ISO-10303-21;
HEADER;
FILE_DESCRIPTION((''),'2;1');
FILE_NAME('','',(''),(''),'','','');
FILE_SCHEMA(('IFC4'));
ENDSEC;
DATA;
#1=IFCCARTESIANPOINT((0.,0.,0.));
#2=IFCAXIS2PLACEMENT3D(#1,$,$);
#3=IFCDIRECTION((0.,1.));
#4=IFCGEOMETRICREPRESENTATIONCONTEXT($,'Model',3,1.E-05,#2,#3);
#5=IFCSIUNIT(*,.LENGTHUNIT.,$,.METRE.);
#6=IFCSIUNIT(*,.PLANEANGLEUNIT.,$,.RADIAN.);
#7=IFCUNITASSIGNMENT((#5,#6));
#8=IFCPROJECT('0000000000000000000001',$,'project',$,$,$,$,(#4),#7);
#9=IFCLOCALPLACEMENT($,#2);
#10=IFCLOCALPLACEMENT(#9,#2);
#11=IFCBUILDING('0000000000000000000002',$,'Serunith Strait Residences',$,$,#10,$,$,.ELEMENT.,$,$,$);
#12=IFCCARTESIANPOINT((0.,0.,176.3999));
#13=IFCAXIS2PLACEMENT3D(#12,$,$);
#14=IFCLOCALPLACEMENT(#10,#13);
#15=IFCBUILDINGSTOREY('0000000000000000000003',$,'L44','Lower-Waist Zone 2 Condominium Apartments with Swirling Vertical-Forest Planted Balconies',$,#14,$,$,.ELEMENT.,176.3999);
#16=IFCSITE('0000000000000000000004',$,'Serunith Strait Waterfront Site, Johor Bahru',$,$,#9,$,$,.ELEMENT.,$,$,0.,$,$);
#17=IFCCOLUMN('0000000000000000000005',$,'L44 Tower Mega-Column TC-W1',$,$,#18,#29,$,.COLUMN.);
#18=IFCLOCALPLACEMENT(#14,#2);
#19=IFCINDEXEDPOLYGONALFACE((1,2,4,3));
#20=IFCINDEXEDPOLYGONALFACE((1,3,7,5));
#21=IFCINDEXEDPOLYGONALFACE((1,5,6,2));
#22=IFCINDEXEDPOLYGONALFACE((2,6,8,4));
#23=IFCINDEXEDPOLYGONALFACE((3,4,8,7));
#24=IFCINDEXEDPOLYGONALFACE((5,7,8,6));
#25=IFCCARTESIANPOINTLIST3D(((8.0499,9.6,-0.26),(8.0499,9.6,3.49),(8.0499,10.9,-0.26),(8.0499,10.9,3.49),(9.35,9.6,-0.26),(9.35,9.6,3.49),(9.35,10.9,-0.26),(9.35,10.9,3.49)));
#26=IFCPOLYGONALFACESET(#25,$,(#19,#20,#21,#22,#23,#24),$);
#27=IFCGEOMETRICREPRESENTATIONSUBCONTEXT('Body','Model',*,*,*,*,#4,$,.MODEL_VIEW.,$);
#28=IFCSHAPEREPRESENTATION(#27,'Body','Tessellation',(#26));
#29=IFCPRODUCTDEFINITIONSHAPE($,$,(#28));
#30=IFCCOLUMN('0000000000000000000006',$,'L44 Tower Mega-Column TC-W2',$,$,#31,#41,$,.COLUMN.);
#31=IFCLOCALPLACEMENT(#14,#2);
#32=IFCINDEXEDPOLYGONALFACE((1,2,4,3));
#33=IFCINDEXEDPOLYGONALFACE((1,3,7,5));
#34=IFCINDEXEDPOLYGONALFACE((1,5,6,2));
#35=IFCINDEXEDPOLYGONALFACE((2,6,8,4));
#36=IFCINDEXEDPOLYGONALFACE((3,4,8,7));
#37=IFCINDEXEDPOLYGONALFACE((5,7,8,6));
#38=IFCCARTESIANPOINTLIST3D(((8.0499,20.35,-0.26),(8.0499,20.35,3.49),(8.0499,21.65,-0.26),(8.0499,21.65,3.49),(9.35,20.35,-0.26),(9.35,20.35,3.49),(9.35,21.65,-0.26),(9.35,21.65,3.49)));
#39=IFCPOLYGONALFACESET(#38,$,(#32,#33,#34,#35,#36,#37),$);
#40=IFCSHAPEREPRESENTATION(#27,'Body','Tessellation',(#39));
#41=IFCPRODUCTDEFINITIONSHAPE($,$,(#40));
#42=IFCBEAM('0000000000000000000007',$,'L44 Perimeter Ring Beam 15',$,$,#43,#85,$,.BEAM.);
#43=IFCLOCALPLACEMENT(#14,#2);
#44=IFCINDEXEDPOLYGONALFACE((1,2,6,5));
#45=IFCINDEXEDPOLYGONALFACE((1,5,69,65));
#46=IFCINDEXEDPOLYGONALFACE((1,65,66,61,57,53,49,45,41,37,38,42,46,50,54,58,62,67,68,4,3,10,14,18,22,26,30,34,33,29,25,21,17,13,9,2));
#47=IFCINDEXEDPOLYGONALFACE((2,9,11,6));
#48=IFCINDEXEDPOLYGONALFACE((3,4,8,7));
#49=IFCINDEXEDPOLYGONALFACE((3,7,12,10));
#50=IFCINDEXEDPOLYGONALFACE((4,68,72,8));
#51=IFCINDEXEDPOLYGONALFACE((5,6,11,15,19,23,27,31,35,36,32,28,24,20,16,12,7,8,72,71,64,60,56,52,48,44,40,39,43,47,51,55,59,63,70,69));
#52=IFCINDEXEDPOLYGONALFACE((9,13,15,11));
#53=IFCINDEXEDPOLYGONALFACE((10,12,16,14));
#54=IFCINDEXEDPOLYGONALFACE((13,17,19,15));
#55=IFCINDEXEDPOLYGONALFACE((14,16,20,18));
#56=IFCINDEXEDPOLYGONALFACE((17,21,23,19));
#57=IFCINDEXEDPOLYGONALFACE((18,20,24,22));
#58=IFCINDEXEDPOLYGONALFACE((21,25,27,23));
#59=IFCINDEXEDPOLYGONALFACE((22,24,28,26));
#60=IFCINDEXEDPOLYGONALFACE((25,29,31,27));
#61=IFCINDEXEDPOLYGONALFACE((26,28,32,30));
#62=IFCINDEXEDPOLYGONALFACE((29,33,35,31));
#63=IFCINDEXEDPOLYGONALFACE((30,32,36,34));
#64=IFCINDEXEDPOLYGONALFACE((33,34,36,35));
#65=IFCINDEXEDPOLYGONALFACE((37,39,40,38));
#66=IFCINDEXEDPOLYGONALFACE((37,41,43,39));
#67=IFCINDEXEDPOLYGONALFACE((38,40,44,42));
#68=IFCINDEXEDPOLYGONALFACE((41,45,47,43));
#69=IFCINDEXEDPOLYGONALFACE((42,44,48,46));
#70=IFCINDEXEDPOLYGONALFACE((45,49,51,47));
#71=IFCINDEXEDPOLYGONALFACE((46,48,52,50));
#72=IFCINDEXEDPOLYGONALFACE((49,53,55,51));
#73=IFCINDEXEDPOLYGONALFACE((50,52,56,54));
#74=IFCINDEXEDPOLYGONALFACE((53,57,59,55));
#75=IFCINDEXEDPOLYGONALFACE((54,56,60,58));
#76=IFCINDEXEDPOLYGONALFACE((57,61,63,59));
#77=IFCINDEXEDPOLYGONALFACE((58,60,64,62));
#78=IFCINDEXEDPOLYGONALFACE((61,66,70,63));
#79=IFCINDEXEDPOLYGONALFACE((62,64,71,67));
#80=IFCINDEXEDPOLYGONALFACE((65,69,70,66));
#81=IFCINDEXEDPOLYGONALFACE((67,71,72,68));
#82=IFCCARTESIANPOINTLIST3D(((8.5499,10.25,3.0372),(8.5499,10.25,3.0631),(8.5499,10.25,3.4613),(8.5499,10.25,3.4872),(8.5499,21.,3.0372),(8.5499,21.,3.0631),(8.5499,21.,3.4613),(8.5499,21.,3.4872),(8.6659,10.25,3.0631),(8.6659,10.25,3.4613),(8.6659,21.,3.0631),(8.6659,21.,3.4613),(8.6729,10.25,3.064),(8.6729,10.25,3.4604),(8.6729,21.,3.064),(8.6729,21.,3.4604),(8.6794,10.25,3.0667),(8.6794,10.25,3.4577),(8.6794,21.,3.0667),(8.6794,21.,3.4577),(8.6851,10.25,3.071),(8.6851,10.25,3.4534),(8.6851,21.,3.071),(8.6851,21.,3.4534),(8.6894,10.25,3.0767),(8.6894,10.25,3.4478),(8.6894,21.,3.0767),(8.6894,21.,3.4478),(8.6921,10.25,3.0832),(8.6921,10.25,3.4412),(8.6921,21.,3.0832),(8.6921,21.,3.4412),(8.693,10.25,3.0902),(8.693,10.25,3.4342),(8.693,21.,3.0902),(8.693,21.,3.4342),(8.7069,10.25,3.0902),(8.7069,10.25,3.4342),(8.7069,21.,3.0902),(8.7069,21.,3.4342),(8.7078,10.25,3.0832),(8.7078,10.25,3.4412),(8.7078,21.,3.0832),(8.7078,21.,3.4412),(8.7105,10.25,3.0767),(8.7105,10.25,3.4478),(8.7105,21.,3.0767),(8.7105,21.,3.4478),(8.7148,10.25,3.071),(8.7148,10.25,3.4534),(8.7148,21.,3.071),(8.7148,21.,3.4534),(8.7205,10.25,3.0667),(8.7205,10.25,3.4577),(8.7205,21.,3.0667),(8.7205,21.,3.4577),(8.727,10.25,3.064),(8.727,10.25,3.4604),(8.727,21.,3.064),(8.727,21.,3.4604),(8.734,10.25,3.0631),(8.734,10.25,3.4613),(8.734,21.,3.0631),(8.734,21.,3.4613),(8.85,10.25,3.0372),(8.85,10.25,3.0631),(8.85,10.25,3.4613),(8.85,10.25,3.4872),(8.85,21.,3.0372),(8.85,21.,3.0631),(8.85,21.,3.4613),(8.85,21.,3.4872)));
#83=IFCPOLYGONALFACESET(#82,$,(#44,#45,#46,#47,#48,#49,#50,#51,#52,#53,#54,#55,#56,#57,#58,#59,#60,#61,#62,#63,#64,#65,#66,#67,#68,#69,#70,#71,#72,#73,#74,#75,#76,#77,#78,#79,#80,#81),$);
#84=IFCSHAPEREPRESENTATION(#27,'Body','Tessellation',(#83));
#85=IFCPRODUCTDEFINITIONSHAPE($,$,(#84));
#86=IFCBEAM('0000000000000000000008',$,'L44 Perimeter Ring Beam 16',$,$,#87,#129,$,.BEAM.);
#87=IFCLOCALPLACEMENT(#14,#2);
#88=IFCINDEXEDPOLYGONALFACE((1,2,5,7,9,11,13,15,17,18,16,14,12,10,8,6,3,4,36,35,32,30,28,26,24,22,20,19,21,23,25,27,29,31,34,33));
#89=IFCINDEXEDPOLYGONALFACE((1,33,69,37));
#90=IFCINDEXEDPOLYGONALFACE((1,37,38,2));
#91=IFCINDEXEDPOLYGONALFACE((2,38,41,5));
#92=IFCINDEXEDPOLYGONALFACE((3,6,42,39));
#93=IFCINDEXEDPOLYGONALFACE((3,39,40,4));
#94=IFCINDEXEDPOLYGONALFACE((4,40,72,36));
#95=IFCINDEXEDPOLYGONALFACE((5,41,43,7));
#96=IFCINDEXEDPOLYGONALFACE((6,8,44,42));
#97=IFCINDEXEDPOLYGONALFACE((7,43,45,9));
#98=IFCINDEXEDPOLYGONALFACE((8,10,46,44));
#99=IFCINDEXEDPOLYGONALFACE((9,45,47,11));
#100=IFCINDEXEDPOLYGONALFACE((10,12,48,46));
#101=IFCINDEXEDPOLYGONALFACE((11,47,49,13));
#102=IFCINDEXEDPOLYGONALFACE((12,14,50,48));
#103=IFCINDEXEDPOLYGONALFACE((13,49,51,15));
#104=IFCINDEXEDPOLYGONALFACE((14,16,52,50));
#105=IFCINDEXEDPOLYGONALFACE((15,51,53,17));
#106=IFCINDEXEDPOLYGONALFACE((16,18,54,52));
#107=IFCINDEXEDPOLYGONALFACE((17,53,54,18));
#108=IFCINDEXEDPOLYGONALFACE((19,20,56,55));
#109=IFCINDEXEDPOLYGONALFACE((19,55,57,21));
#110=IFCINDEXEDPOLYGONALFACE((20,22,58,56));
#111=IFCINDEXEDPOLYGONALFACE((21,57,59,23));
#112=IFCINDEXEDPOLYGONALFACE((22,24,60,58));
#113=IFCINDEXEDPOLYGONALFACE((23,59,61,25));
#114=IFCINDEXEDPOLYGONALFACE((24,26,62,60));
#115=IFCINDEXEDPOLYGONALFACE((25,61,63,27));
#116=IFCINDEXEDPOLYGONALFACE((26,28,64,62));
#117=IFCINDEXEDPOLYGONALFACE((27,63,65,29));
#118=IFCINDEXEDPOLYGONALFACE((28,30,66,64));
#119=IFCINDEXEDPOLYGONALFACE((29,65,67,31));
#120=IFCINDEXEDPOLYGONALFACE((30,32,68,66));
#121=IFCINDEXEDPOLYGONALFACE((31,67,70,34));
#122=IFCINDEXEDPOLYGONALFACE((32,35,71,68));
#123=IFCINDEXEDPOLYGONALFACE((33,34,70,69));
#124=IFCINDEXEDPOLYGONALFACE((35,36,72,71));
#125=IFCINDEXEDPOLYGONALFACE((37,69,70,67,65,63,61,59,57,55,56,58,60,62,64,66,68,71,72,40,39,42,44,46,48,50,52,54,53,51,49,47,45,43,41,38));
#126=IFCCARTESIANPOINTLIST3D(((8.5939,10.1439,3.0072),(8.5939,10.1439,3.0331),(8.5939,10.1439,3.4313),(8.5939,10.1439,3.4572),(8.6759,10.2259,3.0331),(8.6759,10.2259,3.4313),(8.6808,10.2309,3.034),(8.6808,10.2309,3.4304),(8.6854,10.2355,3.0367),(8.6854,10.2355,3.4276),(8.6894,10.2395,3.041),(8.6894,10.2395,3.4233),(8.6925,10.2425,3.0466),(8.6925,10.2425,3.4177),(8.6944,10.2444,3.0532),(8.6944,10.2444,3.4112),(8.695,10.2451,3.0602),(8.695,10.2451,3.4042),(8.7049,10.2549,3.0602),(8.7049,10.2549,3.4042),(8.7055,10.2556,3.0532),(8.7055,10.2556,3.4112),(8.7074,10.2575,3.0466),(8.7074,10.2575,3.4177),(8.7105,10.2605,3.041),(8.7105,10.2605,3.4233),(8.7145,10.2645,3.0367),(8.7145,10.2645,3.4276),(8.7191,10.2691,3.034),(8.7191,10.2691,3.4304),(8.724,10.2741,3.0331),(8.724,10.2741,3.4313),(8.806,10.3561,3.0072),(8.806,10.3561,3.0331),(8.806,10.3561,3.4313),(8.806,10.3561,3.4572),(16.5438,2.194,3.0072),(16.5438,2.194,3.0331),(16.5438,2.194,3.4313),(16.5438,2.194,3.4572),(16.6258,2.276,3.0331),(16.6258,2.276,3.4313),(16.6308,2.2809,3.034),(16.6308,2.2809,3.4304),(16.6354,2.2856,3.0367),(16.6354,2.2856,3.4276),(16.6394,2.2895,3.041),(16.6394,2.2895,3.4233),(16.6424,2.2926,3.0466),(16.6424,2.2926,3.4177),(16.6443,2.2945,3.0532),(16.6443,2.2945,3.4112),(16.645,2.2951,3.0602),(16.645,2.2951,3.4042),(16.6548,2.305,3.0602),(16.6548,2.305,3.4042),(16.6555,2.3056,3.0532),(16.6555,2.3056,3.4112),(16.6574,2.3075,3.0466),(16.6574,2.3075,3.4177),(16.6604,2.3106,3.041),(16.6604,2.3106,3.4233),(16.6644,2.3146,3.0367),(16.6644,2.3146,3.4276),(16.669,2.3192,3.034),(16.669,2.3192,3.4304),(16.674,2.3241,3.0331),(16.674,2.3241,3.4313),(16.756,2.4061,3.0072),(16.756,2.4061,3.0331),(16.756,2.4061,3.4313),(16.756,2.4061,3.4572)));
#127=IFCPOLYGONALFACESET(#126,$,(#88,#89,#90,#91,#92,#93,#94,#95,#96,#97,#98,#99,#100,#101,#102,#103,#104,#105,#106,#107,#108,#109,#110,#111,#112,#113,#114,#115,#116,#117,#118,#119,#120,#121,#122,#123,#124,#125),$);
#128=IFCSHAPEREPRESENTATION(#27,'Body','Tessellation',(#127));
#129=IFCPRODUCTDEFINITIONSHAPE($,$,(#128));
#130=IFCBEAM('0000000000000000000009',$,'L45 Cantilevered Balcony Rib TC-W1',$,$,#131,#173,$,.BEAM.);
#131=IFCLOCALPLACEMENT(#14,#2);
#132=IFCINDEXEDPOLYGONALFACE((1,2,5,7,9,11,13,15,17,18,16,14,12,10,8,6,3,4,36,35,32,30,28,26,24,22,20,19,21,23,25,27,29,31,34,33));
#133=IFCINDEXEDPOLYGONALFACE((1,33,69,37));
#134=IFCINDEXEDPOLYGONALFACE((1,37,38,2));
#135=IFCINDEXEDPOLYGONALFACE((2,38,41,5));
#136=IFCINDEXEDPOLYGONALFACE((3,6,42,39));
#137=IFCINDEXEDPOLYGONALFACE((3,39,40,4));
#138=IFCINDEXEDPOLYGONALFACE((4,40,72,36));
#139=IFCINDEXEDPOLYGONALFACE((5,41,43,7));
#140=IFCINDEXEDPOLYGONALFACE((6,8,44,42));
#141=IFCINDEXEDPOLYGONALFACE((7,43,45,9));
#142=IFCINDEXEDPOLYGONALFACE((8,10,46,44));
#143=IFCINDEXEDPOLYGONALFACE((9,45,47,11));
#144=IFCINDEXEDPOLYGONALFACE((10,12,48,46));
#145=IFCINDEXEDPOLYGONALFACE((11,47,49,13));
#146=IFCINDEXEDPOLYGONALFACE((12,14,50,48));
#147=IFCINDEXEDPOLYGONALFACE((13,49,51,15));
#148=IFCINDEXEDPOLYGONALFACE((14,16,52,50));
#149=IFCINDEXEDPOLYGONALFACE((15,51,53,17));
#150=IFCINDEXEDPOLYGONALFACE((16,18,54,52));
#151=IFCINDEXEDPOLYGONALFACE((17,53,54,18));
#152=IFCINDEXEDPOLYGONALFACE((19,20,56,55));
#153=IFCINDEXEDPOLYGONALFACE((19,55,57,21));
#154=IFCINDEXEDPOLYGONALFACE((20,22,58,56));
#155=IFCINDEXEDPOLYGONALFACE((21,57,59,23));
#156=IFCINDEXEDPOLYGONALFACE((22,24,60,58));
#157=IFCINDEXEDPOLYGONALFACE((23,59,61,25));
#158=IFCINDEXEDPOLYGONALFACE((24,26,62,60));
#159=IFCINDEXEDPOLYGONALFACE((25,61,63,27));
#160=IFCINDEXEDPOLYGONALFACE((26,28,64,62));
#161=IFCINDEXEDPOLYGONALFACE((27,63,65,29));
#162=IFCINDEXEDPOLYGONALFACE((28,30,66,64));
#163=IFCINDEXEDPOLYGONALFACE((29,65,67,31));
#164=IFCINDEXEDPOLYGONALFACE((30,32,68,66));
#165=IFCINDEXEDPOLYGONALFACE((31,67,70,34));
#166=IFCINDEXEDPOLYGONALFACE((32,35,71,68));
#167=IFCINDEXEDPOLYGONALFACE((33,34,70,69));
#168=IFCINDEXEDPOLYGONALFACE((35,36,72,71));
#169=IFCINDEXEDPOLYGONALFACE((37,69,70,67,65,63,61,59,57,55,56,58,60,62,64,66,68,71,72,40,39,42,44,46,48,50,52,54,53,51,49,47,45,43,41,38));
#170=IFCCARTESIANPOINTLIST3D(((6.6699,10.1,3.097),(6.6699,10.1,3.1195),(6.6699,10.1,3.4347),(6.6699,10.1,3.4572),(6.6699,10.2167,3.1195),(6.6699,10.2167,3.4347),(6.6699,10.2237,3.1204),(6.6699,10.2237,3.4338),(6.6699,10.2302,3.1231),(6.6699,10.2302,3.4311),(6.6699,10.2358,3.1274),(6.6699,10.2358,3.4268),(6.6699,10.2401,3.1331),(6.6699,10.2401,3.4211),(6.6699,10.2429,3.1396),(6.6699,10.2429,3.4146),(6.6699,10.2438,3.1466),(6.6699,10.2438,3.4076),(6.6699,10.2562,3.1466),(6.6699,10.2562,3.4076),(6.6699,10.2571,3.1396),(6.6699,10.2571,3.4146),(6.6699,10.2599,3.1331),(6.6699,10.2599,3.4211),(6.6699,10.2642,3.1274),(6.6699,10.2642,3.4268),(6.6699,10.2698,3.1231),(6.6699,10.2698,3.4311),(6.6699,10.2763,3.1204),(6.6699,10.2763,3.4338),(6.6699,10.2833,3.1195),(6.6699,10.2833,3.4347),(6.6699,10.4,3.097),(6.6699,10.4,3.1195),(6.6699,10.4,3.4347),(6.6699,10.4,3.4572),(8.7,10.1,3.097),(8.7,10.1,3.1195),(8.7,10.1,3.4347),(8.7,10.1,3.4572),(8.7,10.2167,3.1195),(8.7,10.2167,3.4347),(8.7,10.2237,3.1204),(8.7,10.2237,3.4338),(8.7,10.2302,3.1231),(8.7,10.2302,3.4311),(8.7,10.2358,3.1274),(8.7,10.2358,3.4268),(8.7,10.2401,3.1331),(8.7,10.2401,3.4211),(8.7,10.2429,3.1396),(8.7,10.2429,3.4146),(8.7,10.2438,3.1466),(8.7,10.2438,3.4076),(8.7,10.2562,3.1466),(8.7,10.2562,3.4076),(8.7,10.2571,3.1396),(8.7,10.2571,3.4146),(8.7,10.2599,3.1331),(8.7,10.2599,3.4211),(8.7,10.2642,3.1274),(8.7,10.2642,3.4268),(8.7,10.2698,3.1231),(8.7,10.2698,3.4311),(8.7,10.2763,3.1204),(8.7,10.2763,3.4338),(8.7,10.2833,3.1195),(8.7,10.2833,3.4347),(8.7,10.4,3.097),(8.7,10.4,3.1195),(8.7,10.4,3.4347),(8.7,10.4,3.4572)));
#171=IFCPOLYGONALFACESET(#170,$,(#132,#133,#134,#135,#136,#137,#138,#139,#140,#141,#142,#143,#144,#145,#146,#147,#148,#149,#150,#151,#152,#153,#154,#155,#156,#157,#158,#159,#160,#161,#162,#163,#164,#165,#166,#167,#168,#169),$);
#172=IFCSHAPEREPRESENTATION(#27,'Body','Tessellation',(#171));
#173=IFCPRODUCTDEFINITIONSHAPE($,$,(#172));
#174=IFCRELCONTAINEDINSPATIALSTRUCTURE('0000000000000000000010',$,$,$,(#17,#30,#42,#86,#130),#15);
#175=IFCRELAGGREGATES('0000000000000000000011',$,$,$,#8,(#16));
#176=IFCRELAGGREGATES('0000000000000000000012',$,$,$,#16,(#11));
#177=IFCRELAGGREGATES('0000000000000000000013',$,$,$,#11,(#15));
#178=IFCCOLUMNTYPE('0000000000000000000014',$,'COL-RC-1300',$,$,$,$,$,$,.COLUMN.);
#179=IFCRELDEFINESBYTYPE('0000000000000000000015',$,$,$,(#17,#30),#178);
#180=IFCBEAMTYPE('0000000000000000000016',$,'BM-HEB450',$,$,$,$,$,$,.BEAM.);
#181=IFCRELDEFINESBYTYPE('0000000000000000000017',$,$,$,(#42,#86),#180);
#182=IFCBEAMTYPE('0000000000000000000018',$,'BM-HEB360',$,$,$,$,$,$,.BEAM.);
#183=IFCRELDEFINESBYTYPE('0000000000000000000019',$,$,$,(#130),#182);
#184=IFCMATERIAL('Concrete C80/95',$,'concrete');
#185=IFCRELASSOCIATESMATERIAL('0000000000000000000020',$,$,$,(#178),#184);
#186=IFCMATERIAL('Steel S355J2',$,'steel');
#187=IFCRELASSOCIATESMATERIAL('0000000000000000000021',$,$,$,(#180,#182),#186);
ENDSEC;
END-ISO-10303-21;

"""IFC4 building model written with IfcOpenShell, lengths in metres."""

from ifc_helpers import new_model, si_unit, direction, frame, origin, origin_2d, place, context, subcontext, project, spatial, rectangle, i_section, extrude, source, transform, mapped, material, material_profile, profile_set, type_object, element, save


model = new_model("IFC4")

# Units and contexts
model_context = context("Model", 3, precision=1e-05, world=origin(), true_north=direction((0.0, 1.0)))
body_context = subcontext(model_context, "Body", "Model", "MODEL_VIEW")
ifc_project = project(units=[si_unit("LENGTHUNIT", "METRE"), si_unit("PLANEANGLEUNIT", "RADIAN")], contexts=[model_context])

# Site, building, storey
site_placement = place(None, origin())
site = spatial("IfcSite", under=ifc_project, at=site_placement, Name="Serunith Strait Waterfront Site, Johor Bahru", CompositionType="ELEMENT", RefElevation=0.0)
building_placement = place(site_placement, origin())
building = spatial("IfcBuilding", under=site, at=building_placement, Name="Serunith Strait Residences", CompositionType="ELEMENT")
storey_placement = place(building_placement, frame((0.0, 0.0, 176.3999)))
storey = spatial("IfcBuildingStorey", under=building, at=storey_placement, Name="L44", Description="Lower-Waist Zone 2 Condominium Apartments with Swirling Vertical-Forest Planted Balconies", CompositionType="ELEMENT", Elevation=176.3999)

# Columns
ifc_material_1 = material(Name="Concrete C80/95", Category="concrete")
ifc_material_profile_1 = material_profile(ifc_material_1, rectangle(XDim=1.3, YDim=1.3, at=origin_2d()), Name="RC 1300x1300")
ifc_profile_set_1 = profile_set([ifc_material_profile_1], Name="Concrete C80/95")
column_type = type_object("IfcColumnType", Name="COL-RC-1300", PredefinedType="COLUMN", material=ifc_profile_set_1)
shared_shape_1 = source(origin(), body_context, "Body", "SweptSolid", [
    extrude(rectangle(XDim=1.3, YDim=1.3, at=origin_2d()), origin(), (0.0, 0.0, 1.0), 3.75),
])
for number, where, z_axis, x_axis, name in (
    (1, (8.7, 10.25, -0.26), (0.0, 0.0, 1.0), (1.0, 0.0, 0.0), "L44 Tower Mega-Column TC-W1"),
    (2, (8.7, 21.0, -0.26), (0.0, 0.0, 1.0), (1.0, 0.0, 0.0), "L44 Tower Mega-Column TC-W2"),
):
    element("IfcColumn", number, at=place(storey_placement, frame(where, z_axis=z_axis, x_axis=x_axis)), inside=storey, type_object=column_type, Name=name, PredefinedType="COLUMN", context=body_context, shape_type="MappedRepresentation", body=[
        mapped(shared_shape_1, transform((0.0, 0.0, 0.0), scale=1.0)),
    ])

# Beams
ifc_material_2 = material(Name="Steel S355J2", Category="steel")
ifc_material_profile_2 = material_profile(ifc_material_2, i_section(OverallWidth=0.3, OverallDepth=0.45, WebThickness=0.0139, FlangeThickness=0.0259, FilletRadius=0.0271, at=origin_2d()), Name="HEB 450")
ifc_profile_set_2 = profile_set([ifc_material_profile_2], Name="Steel S355J2")
beam_type_1 = type_object("IfcBeamType", Name="BM-HEB450", PredefinedType="BEAM", material=ifc_profile_set_2)
shared_shape_2 = source(origin(), body_context, "Body", "SweptSolid", [
    extrude(i_section(OverallWidth=0.3, OverallDepth=0.45, WebThickness=0.0139, FlangeThickness=0.0259, FilletRadius=0.0271, at=origin_2d()), origin(), (0.0, 0.0, 1.0), 10.75),
])
beam_1_placement = place(storey_placement, frame((8.7, 21.0, 3.2622), z_axis=(0.0, -1.0, 0.0), x_axis=(1.0, 0.0, 0.0)))
element("IfcBeam", 3, at=beam_1_placement, inside=storey, type_object=beam_type_1, Name="L44 Perimeter Ring Beam 15", PredefinedType="BEAM", context=body_context, shape_type="MappedRepresentation", body=[
    mapped(shared_shape_2, transform((0.0, 0.0, 0.0), scale=1.0)),
])
shared_shape_3 = source(origin(), body_context, "Body", "SweptSolid", [
    extrude(i_section(OverallWidth=0.3, OverallDepth=0.45, WebThickness=0.0139, FlangeThickness=0.0259, FilletRadius=0.0271, at=origin_2d()), origin(), (0.0, 0.0, 1.0), 11.2429),
])
beam_2_placement = place(storey_placement, frame((8.7, 10.25, 3.2322), z_axis=(0.707107, -0.707107, 0.0), x_axis=(0.707107, 0.707107, 0.0)))
element("IfcBeam", 4, at=beam_2_placement, inside=storey, type_object=beam_type_1, Name="L44 Perimeter Ring Beam 16", PredefinedType="BEAM", context=body_context, shape_type="MappedRepresentation", body=[
    mapped(shared_shape_3, transform((0.0, 0.0, 0.0), scale=1.0)),
])
ifc_material_profile_3 = material_profile(ifc_material_2, i_section(OverallWidth=0.3, OverallDepth=0.3601, WebThickness=0.0125, FlangeThickness=0.0225, FilletRadius=0.0271, at=origin_2d()), Name="HEB 360")
ifc_profile_set_3 = profile_set([ifc_material_profile_3], Name="Steel S355J2")
beam_type_2 = type_object("IfcBeamType", Name="BM-HEB360", PredefinedType="BEAM", material=ifc_profile_set_3)
shared_shape_4 = source(origin(), body_context, "Body", "SweptSolid", [
    extrude(i_section(OverallWidth=0.3, OverallDepth=0.3601, WebThickness=0.0125, FlangeThickness=0.0225, FilletRadius=0.0271, at=origin_2d()), origin(), (0.0, 0.0, 1.0), 2.03),
])
for number, where, z_axis, x_axis, name in (
    (5, (8.7, 10.25, 3.2771), (-1.0, 0.0, 0.0), (0.0, -1.0, 0.0), "L45 Cantilevered Balcony Rib TC-W1"),
):
    element("IfcBeam", number, at=place(storey_placement, frame(where, z_axis=z_axis, x_axis=x_axis)), inside=storey, type_object=beam_type_2, Name=name, PredefinedType="BEAM", context=body_context, shape_type="MappedRepresentation", body=[
        mapped(shared_shape_4, transform((0.0, 0.0, 0.0), scale=1.0)),
    ])

save(model, "model.ifc")
